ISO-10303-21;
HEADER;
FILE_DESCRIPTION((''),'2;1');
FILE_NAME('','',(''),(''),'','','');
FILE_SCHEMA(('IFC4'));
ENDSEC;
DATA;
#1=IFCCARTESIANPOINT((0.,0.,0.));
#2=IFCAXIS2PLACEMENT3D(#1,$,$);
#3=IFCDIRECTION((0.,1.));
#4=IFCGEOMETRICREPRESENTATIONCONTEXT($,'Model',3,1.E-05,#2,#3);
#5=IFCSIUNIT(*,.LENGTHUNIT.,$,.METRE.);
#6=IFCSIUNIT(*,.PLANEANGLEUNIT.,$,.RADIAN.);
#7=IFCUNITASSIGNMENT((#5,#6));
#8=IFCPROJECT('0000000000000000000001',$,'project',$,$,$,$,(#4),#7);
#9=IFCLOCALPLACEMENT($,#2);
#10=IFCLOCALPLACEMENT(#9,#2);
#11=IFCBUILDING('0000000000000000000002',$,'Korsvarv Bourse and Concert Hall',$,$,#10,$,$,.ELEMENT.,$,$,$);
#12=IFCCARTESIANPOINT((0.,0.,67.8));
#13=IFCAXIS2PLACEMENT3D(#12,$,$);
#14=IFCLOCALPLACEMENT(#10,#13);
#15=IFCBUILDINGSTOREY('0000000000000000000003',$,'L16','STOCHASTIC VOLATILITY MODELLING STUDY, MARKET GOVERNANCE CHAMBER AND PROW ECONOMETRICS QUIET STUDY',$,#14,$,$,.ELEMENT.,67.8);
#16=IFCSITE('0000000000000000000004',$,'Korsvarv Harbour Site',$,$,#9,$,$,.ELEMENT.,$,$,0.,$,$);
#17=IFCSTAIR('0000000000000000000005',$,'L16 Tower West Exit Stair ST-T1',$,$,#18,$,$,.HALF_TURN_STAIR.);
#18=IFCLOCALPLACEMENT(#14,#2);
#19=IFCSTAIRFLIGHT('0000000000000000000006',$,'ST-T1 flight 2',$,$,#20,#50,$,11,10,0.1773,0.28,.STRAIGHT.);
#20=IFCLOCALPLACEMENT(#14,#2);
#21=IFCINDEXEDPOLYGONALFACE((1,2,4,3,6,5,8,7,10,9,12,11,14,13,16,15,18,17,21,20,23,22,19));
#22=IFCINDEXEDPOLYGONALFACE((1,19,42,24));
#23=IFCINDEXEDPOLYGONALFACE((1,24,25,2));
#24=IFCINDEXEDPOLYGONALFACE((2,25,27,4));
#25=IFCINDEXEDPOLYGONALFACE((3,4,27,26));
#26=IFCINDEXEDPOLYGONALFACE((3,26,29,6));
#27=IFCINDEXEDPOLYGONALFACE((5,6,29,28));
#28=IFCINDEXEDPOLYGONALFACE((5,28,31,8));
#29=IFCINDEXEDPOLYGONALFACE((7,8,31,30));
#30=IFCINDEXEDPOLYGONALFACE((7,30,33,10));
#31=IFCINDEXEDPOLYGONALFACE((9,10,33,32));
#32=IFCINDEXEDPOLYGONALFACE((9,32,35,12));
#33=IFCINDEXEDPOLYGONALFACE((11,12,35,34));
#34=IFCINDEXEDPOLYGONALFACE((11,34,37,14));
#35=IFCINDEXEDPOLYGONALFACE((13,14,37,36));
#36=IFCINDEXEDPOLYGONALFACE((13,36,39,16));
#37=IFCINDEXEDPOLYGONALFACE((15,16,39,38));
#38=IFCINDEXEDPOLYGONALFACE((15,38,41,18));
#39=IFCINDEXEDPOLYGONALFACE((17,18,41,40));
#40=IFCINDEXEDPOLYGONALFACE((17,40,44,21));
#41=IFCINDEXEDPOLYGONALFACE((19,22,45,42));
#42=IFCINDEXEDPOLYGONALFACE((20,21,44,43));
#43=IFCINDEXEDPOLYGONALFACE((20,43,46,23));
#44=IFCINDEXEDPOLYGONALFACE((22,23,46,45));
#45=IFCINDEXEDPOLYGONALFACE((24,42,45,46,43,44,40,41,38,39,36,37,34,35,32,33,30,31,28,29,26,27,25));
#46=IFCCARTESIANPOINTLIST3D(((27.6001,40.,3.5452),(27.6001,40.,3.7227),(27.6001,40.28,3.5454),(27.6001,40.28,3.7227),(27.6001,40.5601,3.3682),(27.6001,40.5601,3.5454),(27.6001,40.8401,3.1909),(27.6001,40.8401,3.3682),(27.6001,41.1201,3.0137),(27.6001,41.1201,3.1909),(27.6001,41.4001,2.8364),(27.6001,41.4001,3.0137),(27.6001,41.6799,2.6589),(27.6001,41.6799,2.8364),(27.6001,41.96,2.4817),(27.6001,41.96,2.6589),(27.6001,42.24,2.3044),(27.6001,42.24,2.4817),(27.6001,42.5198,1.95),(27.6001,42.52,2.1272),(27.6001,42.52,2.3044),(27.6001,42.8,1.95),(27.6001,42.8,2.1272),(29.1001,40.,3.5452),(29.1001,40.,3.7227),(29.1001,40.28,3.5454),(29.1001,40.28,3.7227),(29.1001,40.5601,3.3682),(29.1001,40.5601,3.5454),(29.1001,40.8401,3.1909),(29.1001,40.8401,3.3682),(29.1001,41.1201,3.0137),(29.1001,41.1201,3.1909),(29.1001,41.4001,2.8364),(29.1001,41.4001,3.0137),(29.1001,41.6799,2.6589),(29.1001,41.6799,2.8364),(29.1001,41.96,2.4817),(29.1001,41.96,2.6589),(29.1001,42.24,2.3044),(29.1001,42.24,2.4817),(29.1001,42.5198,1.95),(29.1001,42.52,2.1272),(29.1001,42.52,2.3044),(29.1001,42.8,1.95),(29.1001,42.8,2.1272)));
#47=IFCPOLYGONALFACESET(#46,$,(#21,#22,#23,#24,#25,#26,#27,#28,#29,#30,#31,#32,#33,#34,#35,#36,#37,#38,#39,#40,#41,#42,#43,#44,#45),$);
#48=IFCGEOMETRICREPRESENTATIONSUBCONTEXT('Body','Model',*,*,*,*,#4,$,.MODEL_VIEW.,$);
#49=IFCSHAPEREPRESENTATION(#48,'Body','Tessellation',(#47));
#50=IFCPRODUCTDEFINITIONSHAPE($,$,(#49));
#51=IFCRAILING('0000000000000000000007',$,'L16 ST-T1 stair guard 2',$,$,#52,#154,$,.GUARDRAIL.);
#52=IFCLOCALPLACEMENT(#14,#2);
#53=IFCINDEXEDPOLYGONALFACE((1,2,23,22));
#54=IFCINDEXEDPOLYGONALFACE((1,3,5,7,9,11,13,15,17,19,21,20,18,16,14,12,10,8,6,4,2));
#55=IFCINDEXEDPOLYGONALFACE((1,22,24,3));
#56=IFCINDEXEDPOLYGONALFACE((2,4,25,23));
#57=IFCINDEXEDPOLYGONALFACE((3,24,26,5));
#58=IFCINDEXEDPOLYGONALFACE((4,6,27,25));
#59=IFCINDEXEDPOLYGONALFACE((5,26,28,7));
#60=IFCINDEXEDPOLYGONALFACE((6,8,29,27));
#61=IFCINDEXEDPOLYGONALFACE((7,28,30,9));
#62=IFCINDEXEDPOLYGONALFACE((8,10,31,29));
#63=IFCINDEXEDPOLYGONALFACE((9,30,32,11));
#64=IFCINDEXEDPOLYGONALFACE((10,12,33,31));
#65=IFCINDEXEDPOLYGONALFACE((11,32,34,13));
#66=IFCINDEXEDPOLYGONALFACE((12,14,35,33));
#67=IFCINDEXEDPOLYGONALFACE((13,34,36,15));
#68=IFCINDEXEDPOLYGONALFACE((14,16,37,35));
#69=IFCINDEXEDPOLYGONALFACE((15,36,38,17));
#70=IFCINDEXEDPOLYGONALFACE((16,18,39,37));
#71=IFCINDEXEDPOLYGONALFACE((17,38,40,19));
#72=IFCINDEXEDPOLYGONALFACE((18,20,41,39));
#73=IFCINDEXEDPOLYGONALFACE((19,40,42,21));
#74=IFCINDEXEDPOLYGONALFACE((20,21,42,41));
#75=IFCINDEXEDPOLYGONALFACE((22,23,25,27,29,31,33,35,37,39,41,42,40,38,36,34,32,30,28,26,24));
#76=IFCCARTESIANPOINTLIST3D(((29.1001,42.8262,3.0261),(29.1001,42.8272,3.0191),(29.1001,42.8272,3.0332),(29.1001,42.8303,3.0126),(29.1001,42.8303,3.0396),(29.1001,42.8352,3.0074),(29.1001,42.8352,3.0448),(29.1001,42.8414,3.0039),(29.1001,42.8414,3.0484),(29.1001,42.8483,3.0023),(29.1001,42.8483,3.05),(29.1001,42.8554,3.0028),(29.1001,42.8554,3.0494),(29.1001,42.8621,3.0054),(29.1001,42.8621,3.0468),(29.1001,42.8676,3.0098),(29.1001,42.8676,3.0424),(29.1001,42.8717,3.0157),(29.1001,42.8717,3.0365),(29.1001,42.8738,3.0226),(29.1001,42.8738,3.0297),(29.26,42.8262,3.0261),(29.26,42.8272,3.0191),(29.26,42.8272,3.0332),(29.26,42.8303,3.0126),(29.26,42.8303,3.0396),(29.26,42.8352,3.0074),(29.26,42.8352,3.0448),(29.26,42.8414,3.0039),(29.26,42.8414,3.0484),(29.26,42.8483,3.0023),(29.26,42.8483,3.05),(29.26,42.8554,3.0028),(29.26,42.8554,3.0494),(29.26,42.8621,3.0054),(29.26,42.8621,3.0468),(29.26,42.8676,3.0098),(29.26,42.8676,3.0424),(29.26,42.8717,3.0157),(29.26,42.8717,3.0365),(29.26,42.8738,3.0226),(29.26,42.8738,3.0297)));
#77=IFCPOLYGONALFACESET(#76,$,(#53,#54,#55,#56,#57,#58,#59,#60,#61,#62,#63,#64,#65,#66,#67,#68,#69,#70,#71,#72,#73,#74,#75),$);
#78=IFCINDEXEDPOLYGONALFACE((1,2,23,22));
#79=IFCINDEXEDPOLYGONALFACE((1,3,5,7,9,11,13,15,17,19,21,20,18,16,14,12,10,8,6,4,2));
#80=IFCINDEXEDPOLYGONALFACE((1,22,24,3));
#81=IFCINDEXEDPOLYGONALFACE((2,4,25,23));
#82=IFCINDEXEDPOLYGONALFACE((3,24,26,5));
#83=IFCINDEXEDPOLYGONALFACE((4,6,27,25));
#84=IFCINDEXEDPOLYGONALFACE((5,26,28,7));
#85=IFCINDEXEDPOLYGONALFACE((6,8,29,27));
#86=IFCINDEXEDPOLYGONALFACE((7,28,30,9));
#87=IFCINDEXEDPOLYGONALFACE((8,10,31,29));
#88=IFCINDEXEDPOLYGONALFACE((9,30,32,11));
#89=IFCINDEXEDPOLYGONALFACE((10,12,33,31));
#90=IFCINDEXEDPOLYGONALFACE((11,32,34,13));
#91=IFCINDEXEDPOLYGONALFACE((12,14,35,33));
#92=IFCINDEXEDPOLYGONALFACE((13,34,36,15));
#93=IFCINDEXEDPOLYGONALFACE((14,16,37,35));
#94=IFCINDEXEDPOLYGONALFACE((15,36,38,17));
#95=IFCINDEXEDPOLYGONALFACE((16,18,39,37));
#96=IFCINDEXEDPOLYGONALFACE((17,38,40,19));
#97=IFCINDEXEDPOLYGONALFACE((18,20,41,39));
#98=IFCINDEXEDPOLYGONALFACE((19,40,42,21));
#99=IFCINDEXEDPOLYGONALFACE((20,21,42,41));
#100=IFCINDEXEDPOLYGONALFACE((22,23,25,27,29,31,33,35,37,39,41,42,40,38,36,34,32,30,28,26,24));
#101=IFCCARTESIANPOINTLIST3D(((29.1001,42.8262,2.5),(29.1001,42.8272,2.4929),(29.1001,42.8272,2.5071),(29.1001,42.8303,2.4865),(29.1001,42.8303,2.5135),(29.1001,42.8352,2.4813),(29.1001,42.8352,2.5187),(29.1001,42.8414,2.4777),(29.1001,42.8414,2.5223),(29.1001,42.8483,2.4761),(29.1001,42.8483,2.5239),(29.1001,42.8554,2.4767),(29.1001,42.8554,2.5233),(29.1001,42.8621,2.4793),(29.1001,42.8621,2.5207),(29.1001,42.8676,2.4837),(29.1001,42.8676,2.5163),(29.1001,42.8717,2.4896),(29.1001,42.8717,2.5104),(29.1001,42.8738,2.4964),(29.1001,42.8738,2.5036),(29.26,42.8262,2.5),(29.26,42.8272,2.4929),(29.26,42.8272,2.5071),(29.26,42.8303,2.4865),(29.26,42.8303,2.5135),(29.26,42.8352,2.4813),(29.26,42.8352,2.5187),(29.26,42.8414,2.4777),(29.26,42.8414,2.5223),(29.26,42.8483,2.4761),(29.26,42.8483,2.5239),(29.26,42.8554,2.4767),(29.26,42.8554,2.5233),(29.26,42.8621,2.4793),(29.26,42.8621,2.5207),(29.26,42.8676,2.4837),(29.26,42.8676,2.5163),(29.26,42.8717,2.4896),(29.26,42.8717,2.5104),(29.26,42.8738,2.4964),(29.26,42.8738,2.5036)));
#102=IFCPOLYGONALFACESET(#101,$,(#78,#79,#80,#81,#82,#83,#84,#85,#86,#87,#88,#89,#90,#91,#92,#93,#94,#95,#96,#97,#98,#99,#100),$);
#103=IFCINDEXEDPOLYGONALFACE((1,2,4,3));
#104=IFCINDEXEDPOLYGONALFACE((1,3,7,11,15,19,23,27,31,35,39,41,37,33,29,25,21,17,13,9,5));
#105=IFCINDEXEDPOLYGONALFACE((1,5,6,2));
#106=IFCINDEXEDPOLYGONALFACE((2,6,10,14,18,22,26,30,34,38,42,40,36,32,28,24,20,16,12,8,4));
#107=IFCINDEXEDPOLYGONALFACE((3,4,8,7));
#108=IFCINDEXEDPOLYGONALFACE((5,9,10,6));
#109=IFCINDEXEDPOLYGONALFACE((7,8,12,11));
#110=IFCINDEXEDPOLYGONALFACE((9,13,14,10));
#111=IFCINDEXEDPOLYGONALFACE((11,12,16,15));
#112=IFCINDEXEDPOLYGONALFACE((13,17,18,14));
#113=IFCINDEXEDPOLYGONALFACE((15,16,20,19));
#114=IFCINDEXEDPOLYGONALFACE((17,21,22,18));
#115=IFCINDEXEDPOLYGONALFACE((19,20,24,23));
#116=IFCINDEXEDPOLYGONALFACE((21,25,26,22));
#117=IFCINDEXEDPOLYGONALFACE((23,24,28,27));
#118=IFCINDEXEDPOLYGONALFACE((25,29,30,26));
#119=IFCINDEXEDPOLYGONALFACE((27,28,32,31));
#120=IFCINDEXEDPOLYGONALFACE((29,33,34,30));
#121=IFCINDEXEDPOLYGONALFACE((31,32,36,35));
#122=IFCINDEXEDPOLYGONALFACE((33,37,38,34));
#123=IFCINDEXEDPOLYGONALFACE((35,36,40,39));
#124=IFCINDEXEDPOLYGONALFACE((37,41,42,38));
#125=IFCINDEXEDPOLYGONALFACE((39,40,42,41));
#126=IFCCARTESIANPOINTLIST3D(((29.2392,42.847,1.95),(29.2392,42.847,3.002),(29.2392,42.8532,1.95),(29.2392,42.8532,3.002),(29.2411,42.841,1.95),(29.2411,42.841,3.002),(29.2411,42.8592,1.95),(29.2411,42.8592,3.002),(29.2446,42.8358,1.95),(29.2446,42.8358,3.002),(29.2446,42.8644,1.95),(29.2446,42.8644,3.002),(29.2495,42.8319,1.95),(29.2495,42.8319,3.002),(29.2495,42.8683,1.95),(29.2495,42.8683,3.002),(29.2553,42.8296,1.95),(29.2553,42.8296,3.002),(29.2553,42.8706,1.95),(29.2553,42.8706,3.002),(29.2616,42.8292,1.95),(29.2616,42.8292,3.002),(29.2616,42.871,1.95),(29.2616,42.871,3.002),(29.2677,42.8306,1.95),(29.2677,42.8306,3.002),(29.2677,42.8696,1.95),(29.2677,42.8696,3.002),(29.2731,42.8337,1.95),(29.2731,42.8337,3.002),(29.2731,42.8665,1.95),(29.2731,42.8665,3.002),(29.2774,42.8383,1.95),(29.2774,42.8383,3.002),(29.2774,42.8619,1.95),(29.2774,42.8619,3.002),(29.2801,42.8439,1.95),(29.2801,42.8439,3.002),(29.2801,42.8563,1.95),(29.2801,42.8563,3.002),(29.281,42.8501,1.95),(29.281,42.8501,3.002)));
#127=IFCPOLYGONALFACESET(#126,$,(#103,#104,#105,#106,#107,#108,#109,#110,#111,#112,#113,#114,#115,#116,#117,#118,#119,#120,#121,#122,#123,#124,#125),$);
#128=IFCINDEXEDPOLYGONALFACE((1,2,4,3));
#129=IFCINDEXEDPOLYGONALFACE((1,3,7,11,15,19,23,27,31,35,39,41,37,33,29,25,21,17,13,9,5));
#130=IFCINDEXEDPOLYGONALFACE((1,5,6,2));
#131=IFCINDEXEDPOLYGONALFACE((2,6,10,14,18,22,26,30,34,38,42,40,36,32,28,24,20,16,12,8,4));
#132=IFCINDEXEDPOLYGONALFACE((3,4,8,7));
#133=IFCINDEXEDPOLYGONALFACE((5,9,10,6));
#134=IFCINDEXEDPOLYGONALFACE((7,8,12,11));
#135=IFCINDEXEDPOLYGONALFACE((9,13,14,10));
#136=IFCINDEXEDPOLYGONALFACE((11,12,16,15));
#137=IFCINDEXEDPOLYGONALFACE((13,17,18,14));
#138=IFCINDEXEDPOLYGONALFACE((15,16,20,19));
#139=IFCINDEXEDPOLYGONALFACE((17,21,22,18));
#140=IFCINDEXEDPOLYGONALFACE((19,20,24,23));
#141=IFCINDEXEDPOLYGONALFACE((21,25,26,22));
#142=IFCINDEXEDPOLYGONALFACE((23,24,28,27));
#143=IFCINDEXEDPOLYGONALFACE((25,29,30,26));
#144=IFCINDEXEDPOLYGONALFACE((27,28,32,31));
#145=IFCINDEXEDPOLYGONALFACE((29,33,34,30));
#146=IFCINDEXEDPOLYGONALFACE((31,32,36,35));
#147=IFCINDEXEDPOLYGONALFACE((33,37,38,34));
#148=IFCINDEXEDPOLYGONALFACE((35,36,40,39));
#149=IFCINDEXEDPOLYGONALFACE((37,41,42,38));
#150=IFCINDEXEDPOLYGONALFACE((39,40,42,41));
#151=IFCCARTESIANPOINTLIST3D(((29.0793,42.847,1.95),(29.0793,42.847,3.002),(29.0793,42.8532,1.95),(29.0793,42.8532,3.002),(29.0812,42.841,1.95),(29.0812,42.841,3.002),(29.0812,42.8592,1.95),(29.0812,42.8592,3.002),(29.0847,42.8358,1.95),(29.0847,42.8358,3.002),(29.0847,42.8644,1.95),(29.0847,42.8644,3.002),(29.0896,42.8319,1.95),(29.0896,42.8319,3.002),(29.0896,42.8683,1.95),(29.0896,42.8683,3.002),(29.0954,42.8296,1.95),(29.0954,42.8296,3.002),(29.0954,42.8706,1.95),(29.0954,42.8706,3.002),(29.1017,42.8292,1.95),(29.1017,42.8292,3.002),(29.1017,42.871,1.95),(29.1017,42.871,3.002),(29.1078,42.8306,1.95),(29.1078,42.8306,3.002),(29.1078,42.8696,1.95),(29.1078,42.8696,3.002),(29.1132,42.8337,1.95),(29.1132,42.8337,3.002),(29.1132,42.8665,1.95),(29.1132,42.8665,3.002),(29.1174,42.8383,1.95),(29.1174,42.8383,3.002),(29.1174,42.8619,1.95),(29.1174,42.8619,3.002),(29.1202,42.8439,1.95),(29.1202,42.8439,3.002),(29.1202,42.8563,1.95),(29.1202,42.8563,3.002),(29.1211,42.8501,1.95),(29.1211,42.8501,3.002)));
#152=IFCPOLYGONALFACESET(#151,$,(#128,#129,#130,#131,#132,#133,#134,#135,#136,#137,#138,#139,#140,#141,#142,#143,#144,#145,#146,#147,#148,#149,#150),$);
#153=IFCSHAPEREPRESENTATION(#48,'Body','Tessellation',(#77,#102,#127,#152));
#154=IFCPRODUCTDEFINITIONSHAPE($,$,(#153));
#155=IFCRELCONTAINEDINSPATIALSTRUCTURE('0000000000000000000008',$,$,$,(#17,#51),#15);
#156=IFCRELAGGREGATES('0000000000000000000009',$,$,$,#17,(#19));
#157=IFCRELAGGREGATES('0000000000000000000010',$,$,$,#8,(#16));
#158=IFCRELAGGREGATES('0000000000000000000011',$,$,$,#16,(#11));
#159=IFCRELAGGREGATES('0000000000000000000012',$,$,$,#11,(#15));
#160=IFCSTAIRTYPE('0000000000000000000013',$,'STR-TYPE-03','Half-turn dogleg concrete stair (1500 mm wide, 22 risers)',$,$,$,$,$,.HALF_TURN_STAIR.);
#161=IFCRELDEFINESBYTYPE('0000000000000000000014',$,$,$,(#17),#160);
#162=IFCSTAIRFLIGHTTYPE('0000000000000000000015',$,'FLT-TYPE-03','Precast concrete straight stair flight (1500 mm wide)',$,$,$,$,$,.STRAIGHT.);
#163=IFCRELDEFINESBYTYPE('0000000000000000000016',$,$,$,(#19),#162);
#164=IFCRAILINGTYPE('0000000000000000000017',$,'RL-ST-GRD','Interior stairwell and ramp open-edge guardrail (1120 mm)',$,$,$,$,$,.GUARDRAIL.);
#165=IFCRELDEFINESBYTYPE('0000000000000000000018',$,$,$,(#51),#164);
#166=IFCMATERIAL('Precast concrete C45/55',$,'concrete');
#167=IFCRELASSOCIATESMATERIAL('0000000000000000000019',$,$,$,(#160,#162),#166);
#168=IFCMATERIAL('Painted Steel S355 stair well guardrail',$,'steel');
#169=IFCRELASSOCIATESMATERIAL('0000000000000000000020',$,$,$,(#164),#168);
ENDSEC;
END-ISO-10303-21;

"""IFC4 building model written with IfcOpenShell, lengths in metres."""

from ifc_helpers import new_model, si_unit, direction, frame, origin, origin_2d, place, context, subcontext, project, spatial, polyline, circle, outline, extrude, material, type_object, element, aggregate, save


model = new_model("IFC4")

# Units and contexts
model_context = context("Model", 3, precision=1e-05, world=origin(), true_north=direction((0.0, 1.0)))
body_context = subcontext(model_context, "Body", "Model", "MODEL_VIEW")
ifc_project = project(units=[si_unit("LENGTHUNIT", "METRE"), si_unit("PLANEANGLEUNIT", "RADIAN")], contexts=[model_context])

# Site, building, storey
site_placement = place(None, origin())
site = spatial("IfcSite", under=ifc_project, at=site_placement, Name="Korsvarv Harbour Site", CompositionType="ELEMENT", RefElevation=0.0)
building_placement = place(site_placement, origin())
building = spatial("IfcBuilding", under=site, at=building_placement, Name="Korsvarv Bourse and Concert Hall", CompositionType="ELEMENT")
storey_placement = place(building_placement, frame((0.0, 0.0, 67.8)))
storey = spatial("IfcBuildingStorey", under=building, at=storey_placement, Name="L16", Description="STOCHASTIC VOLATILITY MODELLING STUDY, MARKET GOVERNANCE CHAMBER AND PROW ECONOMETRICS QUIET STUDY", CompositionType="ELEMENT", Elevation=67.8)

# Stair, stair flight
ifc_material_1 = material(Name="Precast concrete C45/55", Category="concrete")
stair_type = type_object("IfcStairType", Name="STR-TYPE-03", Description="Half-turn dogleg concrete stair (1500 mm wide, 22 risers)", PredefinedType="HALF_TURN_STAIR", material=ifc_material_1)
stair_placement = place(storey_placement, origin())
stair = element("IfcStair", 1, at=stair_placement, inside=storey, type_object=stair_type, Name="L16 Tower West Exit Stair ST-T1", PredefinedType="HALF_TURN_STAIR")
stair_flight_type = type_object("IfcStairFlightType", Name="FLT-TYPE-03", Description="Precast concrete straight stair flight (1500 mm wide)", PredefinedType="STRAIGHT", material=ifc_material_1)
stair_flight_placement = place(storey_placement, frame((28.3501, 42.8, 1.95), z_axis=(0.0, 0.0, 1.0), x_axis=(0.0, -1.0, 0.0)))
stair_flight = element("IfcStairFlight", 2, at=stair_flight_placement, type_object=stair_flight_type, Name="ST-T1 flight 2", NumberOfRisers=11, NumberOfTreads=10, PredefinedType="STRAIGHT", RiserHeight=0.1773, TreadLength=0.28, context=body_context, shape_type="SweptSolid", body=[
    extrude(outline(polyline([(0.0, 0.0), (0.0, 0.1772), (0.28, 0.1772), (0.28, 0.3545), (0.5601, 0.3545), (0.5601, 0.5317), (0.8401, 0.5317), (0.8401, 0.709), (1.1201, 0.709), (1.1201, 0.8865), (1.3999, 0.8865), (1.3999, 1.0637), (1.6799, 1.0637), (1.6799, 1.241), (1.96, 1.241), (1.96, 1.4182), (2.24, 1.4182), (2.24, 1.5955), (2.52, 1.5955), (2.52, 1.7727), (2.8, 1.7727), (2.8, 1.95), (2.8, 1.5952), (0.2803, 0.0), (0.0, 0.0)])), frame((0.0, 0.75, 0.0), z_axis=(0.0, -1.0, 0.0), x_axis=(1.0, 0.0, 0.0)), (0.0, 0.0, 1.0), 1.5),
])
aggregate(stair, [stair_flight])

# Railing
ifc_material_2 = material(Name="Painted Steel S355 stair well guardrail", Category="steel")
railing_type = type_object("IfcRailingType", Name="RL-ST-GRD", Description="Interior stairwell and ramp open-edge guardrail (1120 mm)", PredefinedType="GUARDRAIL", material=ifc_material_2)
railing_1_placement = place(storey_placement, frame((29.26, 42.8501, 1.95)))
element("IfcRailing", 3, at=railing_1_placement, inside=storey, type_object=railing_type, Name="L16 ST-T1 stair guard 2", PredefinedType="GUARDRAIL", context=body_context, shape_type="SweptSolid", body=[
    extrude(circle(Radius=0.0239, at=origin_2d()), frame((0.0, 0.0, 1.0762), z_axis=(-1.0, 0.0, 0.0), x_axis=(0.0, -1.0, 0.0)), (0.0, 0.0, 1.0), 0.1599),
    extrude(circle(Radius=0.0239, at=origin_2d()), frame((0.0, 0.0, 0.55), z_axis=(-1.0, 0.0, 0.0), x_axis=(0.0, -1.0, 0.0)), (0.0, 0.0, 1.0), 0.1599),
    extrude(circle(Radius=0.021, at=origin_2d()), origin(), (0.0, 0.0, 1.0), 1.052),
    extrude(circle(Radius=0.021, at=origin_2d()), frame((-0.1599, 0.0, 0.0)), (0.0, 0.0, 1.0), 1.052),
])

save(model, "model.ifc")
